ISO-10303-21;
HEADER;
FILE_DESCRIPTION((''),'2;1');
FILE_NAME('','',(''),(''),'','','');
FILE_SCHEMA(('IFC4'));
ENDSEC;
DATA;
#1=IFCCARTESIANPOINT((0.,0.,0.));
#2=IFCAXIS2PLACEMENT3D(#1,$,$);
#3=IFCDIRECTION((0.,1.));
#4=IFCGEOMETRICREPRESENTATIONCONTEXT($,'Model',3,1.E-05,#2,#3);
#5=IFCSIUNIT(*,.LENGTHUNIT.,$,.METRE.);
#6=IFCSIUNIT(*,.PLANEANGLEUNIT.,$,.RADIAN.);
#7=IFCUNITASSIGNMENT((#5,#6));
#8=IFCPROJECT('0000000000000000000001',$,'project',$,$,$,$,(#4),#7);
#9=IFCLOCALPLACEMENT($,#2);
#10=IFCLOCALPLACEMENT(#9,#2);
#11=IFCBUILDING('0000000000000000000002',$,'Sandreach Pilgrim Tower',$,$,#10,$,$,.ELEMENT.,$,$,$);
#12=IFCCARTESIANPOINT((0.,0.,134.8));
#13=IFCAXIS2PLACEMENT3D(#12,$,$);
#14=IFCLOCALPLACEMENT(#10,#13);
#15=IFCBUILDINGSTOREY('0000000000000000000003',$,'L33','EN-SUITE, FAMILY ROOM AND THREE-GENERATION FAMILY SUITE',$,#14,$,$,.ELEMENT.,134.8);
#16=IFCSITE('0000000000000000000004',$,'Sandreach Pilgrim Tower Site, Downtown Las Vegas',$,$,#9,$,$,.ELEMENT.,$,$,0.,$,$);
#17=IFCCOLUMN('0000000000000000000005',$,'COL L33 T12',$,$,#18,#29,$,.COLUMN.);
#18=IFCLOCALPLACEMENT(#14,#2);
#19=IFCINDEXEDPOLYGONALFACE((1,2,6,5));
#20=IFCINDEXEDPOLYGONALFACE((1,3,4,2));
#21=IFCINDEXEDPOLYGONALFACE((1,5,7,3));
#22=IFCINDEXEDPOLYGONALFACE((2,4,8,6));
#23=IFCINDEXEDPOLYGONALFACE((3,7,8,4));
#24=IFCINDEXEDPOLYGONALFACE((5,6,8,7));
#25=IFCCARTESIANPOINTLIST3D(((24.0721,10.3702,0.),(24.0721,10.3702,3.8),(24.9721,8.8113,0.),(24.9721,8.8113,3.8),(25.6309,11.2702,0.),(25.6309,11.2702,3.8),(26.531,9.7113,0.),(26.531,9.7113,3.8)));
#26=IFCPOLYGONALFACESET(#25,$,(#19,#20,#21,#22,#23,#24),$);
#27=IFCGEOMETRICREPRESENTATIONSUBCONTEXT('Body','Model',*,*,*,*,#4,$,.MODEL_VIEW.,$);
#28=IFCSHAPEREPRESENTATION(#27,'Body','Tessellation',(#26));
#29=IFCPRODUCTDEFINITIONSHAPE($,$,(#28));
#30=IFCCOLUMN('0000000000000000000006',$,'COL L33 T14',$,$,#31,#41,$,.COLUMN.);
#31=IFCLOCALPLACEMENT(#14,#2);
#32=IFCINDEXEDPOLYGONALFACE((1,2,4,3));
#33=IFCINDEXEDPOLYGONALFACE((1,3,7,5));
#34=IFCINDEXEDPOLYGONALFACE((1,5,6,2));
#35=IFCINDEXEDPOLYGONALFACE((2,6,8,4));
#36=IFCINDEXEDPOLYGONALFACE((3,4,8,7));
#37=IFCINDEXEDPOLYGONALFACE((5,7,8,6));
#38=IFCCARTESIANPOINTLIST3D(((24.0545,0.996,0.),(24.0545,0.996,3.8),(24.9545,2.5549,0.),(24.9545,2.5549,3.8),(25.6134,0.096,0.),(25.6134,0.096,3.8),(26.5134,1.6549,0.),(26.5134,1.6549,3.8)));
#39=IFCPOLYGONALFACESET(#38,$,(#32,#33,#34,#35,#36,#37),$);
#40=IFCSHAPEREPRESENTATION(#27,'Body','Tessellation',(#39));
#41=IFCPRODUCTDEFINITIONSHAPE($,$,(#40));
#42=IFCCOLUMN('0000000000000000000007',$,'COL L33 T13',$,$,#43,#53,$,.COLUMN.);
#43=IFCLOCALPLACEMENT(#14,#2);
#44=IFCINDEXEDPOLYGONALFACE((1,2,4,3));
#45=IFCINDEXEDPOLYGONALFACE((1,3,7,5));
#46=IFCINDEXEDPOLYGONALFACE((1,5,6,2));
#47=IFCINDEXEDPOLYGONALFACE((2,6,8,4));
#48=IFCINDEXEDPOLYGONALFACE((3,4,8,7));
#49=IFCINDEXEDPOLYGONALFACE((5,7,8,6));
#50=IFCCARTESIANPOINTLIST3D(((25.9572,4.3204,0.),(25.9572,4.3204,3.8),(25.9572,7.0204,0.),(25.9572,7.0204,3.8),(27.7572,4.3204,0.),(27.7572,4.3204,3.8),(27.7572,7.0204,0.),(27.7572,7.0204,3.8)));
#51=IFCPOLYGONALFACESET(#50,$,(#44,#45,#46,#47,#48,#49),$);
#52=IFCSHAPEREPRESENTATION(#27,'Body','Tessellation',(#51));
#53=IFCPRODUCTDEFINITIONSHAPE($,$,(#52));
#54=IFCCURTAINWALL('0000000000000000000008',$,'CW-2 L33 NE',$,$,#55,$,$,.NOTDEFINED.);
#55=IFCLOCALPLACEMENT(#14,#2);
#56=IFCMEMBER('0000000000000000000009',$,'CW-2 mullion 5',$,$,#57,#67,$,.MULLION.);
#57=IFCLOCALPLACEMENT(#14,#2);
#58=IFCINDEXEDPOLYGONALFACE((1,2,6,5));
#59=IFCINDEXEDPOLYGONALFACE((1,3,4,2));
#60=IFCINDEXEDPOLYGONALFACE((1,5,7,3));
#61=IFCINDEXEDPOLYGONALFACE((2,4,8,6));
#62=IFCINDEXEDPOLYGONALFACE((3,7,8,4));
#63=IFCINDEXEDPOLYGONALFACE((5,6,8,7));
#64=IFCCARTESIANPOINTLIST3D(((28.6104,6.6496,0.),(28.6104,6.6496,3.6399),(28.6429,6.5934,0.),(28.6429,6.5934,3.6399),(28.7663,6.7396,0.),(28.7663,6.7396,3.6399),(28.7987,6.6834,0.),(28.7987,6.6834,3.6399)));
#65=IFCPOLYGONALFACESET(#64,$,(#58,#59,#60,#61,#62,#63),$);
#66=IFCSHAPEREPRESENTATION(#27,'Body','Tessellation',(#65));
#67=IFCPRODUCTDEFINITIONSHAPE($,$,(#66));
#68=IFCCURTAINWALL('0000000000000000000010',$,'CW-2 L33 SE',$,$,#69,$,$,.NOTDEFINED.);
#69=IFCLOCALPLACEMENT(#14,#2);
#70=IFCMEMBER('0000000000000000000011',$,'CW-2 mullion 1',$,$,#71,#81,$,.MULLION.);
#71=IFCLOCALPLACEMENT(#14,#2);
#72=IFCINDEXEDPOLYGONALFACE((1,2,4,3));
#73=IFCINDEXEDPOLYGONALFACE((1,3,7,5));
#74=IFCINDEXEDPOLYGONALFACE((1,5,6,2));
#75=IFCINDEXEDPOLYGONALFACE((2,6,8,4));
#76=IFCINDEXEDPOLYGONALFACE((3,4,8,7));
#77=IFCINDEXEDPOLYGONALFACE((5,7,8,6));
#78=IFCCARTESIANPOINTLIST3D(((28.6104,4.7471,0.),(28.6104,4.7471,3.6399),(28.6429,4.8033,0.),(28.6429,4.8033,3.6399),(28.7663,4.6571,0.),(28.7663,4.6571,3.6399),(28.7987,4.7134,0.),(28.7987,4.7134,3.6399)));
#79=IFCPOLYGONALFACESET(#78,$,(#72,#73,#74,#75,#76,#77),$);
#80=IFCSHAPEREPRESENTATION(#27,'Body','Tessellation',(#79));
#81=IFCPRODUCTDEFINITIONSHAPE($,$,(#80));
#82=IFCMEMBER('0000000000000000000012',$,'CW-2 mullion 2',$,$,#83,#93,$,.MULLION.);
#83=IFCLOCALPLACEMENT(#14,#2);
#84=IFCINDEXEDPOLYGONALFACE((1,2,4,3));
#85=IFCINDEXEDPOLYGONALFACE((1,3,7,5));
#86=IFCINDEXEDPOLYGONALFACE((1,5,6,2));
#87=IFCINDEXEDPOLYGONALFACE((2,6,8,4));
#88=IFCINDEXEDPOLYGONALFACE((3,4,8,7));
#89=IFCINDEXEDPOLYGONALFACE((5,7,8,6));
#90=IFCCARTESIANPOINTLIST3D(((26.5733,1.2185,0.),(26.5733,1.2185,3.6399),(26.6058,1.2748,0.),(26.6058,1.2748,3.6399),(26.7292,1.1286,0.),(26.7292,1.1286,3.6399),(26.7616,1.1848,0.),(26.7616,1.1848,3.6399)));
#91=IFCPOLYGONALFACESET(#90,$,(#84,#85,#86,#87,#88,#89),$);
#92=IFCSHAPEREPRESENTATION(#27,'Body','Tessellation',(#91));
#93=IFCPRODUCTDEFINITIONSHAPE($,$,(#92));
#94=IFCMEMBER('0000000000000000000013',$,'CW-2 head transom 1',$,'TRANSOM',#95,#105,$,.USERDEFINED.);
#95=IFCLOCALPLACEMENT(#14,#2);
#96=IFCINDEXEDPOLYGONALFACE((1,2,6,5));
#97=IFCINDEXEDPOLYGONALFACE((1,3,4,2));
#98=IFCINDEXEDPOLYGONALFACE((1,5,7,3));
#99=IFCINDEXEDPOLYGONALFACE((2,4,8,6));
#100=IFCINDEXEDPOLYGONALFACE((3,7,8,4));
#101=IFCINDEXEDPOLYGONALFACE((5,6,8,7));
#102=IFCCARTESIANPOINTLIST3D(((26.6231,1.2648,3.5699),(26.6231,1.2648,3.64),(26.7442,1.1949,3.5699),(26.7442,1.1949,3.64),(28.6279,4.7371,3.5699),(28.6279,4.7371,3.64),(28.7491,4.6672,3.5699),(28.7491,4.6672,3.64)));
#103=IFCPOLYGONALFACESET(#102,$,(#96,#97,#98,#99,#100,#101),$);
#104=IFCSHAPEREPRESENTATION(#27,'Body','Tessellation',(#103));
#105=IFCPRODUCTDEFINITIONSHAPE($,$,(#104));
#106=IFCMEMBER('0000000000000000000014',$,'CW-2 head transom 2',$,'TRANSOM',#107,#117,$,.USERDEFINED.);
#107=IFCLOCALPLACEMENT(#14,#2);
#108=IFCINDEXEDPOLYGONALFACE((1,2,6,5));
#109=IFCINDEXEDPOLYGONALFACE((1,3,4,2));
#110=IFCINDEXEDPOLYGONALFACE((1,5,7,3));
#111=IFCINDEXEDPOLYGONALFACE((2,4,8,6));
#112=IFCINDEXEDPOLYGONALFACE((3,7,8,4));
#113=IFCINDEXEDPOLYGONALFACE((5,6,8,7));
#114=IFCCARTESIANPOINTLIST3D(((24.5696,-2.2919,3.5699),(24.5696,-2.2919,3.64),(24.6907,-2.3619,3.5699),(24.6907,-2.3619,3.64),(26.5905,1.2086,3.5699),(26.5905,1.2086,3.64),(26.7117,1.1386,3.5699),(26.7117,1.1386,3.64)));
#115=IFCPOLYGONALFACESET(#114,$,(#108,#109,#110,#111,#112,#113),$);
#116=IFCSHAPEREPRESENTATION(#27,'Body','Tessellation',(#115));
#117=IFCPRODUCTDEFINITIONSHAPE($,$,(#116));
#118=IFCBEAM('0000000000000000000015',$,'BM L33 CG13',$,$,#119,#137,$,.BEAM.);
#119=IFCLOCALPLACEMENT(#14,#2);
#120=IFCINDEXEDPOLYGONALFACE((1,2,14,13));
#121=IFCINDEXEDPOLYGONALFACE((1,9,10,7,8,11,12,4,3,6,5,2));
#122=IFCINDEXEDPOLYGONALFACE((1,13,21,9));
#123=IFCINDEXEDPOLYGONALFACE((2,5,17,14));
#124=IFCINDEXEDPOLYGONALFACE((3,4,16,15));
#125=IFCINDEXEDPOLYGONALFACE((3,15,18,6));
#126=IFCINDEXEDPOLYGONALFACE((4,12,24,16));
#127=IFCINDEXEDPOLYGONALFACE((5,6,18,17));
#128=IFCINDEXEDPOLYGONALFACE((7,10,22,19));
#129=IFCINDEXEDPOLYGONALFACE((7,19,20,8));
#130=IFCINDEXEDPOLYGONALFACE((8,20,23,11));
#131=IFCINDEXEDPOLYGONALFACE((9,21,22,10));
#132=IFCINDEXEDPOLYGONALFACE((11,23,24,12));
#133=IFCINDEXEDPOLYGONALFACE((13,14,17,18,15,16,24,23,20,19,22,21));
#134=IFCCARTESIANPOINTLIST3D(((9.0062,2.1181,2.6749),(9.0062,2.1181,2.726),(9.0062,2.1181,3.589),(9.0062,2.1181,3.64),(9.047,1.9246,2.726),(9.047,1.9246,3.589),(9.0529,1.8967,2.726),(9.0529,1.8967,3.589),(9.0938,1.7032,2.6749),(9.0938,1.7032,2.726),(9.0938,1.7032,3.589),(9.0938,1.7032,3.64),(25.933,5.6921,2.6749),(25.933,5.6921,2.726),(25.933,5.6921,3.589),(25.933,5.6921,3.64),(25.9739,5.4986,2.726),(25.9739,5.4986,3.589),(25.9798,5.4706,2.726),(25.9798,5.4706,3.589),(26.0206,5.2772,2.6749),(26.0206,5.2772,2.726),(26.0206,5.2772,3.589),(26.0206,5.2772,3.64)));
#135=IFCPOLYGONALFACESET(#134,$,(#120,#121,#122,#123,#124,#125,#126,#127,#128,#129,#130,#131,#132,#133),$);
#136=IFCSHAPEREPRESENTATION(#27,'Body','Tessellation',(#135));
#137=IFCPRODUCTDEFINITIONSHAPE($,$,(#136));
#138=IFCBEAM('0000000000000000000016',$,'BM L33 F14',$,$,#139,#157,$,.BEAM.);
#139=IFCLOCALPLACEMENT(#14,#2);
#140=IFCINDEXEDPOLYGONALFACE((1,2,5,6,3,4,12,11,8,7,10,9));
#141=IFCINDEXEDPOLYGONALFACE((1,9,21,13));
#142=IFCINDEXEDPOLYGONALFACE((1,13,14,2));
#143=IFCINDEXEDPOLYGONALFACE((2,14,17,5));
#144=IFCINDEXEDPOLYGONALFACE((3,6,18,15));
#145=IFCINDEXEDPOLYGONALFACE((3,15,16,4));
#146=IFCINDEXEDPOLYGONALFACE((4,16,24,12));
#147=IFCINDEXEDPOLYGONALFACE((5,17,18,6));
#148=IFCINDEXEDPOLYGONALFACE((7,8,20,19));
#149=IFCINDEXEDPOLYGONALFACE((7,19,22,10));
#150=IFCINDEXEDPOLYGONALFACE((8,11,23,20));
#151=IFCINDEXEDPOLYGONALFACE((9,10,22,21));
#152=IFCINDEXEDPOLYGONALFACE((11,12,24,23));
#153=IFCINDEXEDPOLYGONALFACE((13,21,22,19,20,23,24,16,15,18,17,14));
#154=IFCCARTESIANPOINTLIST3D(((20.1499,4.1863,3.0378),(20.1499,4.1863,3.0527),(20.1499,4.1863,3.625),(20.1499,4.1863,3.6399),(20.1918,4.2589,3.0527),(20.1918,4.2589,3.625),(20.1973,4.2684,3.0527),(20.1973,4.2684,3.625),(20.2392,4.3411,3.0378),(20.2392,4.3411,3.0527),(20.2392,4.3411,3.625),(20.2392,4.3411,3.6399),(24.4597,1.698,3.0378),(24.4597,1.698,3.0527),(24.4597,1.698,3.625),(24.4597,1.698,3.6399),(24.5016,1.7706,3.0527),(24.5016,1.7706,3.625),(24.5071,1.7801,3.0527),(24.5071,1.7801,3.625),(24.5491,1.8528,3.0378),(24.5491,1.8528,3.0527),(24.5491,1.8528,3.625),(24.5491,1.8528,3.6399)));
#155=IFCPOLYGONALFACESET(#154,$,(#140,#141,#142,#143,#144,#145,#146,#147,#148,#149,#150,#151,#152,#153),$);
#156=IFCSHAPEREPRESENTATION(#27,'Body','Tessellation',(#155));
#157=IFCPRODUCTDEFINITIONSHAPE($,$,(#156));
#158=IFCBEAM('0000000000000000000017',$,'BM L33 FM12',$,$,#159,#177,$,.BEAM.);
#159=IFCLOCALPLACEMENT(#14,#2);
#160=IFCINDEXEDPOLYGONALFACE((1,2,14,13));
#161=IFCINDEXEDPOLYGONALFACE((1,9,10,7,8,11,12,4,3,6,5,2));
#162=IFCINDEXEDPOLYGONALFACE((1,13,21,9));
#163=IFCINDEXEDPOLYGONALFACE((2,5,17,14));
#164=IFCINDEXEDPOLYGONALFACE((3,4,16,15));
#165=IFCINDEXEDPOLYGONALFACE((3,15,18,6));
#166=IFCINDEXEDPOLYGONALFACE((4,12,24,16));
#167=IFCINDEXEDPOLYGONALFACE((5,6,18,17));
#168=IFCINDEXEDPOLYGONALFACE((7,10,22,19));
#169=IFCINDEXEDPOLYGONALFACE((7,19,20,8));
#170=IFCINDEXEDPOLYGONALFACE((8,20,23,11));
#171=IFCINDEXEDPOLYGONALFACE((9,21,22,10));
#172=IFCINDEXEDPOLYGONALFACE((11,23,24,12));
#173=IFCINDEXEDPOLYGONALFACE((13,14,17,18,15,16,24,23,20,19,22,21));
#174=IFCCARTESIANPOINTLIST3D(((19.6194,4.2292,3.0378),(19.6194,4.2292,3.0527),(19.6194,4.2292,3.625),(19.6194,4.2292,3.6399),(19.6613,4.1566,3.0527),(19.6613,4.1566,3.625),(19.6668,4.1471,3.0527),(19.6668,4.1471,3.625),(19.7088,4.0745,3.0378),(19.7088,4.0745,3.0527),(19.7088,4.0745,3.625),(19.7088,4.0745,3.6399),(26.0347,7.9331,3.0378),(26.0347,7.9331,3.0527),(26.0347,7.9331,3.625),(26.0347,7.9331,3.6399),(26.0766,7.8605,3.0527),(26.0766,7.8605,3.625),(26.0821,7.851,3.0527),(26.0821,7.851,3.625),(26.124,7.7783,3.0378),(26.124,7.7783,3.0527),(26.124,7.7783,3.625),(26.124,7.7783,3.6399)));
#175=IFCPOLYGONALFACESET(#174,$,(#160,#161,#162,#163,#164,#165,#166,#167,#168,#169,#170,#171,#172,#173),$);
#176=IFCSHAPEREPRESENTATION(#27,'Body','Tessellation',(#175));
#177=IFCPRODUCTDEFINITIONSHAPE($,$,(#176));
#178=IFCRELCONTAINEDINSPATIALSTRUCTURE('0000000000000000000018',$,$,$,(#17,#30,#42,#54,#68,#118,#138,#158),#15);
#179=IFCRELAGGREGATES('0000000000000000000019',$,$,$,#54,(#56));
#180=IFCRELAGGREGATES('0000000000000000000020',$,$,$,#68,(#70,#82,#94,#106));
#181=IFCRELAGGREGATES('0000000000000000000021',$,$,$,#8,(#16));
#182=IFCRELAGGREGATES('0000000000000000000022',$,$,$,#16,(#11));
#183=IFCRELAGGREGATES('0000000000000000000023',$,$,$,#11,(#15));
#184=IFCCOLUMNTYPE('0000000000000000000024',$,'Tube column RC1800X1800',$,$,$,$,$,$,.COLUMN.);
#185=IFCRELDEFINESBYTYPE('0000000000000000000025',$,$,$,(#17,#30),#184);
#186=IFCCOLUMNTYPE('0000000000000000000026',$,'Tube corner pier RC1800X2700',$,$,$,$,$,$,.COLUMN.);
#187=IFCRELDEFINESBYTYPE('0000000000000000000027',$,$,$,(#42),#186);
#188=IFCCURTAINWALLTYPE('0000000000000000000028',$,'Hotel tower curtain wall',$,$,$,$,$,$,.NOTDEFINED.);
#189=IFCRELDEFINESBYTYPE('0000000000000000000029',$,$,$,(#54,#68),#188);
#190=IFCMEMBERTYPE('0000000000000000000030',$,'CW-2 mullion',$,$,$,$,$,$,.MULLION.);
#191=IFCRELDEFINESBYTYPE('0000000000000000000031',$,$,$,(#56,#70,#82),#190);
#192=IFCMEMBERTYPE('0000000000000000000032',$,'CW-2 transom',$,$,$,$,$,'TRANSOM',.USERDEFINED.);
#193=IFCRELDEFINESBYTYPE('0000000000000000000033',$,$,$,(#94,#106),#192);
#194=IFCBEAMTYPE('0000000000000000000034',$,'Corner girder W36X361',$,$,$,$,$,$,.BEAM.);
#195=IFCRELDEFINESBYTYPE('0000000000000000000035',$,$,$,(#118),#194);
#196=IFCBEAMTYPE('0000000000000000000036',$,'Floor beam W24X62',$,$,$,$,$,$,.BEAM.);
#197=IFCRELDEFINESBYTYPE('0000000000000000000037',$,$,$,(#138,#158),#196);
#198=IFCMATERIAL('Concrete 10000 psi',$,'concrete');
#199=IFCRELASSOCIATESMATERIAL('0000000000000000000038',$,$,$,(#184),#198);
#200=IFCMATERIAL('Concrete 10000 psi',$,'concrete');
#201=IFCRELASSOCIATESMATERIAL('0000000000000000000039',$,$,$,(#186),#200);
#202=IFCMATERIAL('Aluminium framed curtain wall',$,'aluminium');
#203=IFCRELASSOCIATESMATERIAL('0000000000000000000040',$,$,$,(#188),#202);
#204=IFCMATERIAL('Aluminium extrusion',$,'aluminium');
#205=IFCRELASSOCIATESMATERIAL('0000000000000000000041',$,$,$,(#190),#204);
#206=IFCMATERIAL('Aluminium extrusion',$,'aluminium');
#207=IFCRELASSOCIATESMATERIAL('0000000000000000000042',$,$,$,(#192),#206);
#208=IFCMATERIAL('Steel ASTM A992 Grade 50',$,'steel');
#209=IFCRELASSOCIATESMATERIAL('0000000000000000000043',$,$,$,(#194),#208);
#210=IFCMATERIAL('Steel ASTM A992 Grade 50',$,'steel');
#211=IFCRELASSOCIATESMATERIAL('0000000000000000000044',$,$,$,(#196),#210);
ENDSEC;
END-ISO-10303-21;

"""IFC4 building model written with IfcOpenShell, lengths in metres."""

from ifc_helpers import new_model, si_unit, direction, frame, origin, origin_2d, place, context, subcontext, project, spatial, rectangle, i_section, extrude, material, material_profile, profile_set, type_object, element, aggregate, save


model = new_model("IFC4")

# Units and contexts
model_context = context("Model", 3, precision=1e-05, world=origin(), true_north=direction((0.0, 1.0)))
body_context = subcontext(model_context, "Body", "Model", "MODEL_VIEW")
ifc_project = project(units=[si_unit("LENGTHUNIT", "METRE"), si_unit("PLANEANGLEUNIT", "RADIAN")], contexts=[model_context])

# Site, building, storey
site_placement = place(None, origin())
site = spatial("IfcSite", under=ifc_project, at=site_placement, Name="Sandreach Pilgrim Tower Site, Downtown Las Vegas", CompositionType="ELEMENT", RefElevation=0.0)
building_placement = place(site_placement, origin())
building = spatial("IfcBuilding", under=site, at=building_placement, Name="Sandreach Pilgrim Tower", CompositionType="ELEMENT")
storey_placement = place(building_placement, frame((0.0, 0.0, 134.8)))
storey = spatial("IfcBuildingStorey", under=building, at=storey_placement, Name="L33", Description="EN-SUITE, FAMILY ROOM AND THREE-GENERATION FAMILY SUITE", CompositionType="ELEMENT", Elevation=134.8)

# Columns
ifc_material_1 = material(Name="Concrete 10000 psi", Category="concrete")
ifc_material_profile_1 = material_profile(ifc_material_1, rectangle(XDim=1.8, YDim=1.8, at=origin_2d()), Name="RC1800X1800")
ifc_profile_set_1 = profile_set([ifc_material_profile_1], Name="Concrete 10000 psi")
column_type_1 = type_object("IfcColumnType", Name="Tube column RC1800X1800", PredefinedType="COLUMN", material=ifc_profile_set_1)
for number, where, z_axis, x_axis, name in (
    (1, (25.3015, 10.0408, 0.0), (0.0, 0.0, 1.0), (0.866025, 0.5, 0.0), "COL L33 T12"),
    (2, (25.2839, 1.3254, 0.0), (0.0, 0.0, 1.0), (0.866025, -0.5, 0.0), "COL L33 T14"),
):
    element("IfcColumn", number, at=place(storey_placement, frame(where, z_axis=z_axis, x_axis=x_axis)), inside=storey, type_object=column_type_1, Name=name, PredefinedType="COLUMN", context=body_context, shape_type="SweptSolid", body=[
        extrude(rectangle(XDim=1.8, YDim=1.8, at=origin_2d()), origin(), (0.0, 0.0, 1.0), 3.8),
    ])
ifc_material_2 = material(Name="Concrete 10000 psi", Category="concrete")
ifc_material_profile_2 = material_profile(ifc_material_2, rectangle(XDim=1.8, YDim=2.7, at=origin_2d()), Name="RC1800X2700")
ifc_profile_set_2 = profile_set([ifc_material_profile_2], Name="Concrete 10000 psi")
column_type_2 = type_object("IfcColumnType", Name="Tube corner pier RC1800X2700", PredefinedType="COLUMN", material=ifc_profile_set_2)
column_placement = place(storey_placement, frame((26.8572, 5.6704, 0.0), z_axis=(0.0, 0.0, 1.0), x_axis=(1.0, 0.0, 0.0)))
element("IfcColumn", 3, at=column_placement, inside=storey, type_object=column_type_2, Name="COL L33 T13", PredefinedType="COLUMN", context=body_context, shape_type="SweptSolid", body=[
    extrude(rectangle(XDim=1.8, YDim=2.7, at=origin_2d()), origin(), (0.0, 0.0, 1.0), 3.8),
])

# Curtain wall, member
ifc_material_3 = material(Name="Aluminium framed curtain wall", Category="aluminium")
curtain_wall_type = type_object("IfcCurtainWallType", Name="Hotel tower curtain wall", PredefinedType="NOTDEFINED", material=ifc_material_3)
curtain_wall_1_placement = place(storey_placement, origin())
curtain_wall_1 = element("IfcCurtainWall", 4, at=curtain_wall_1_placement, inside=storey, type_object=curtain_wall_type, Name="CW-2 L33 NE", PredefinedType="NOTDEFINED")
ifc_material_4 = material(Name="Aluminium extrusion", Category="aluminium")
ifc_material_profile_3 = material_profile(ifc_material_4, rectangle(XDim=0.0649, YDim=0.1799, at=origin_2d()), Name="CW-2M 65X180")
ifc_profile_set_3 = profile_set([ifc_material_profile_3], Name="Aluminium extrusion")
member_type_1 = type_object("IfcMemberType", Name="CW-2 mullion", PredefinedType="MULLION", material=ifc_profile_set_3)
member_1_placement = place(storey_placement, frame((28.7046, 6.6665, 0.0), z_axis=(0.0, 0.0, 1.0), x_axis=(0.5, -0.866025, 0.0)))
member_1 = element("IfcMember", 5, at=member_1_placement, type_object=member_type_1, Name="CW-2 mullion 5", PredefinedType="MULLION", context=body_context, shape_type="SweptSolid", body=[
    extrude(rectangle(XDim=0.0649, YDim=0.1799, at=origin_2d()), origin(), (0.0, 0.0, 1.0), 3.6399),
])

# Curtain wall, members
curtain_wall_2_placement = place(storey_placement, origin())
curtain_wall_2 = element("IfcCurtainWall", 6, at=curtain_wall_2_placement, inside=storey, type_object=curtain_wall_type, Name="CW-2 L33 SE", PredefinedType="NOTDEFINED")
member_2_placement = place(storey_placement, frame((28.7046, 4.7302, 0.0), z_axis=(0.0, 0.0, 1.0), x_axis=(-0.5, -0.866025, 0.0)))
member_2 = element("IfcMember", 7, at=member_2_placement, type_object=member_type_1, Name="CW-2 mullion 1", PredefinedType="MULLION", context=body_context, shape_type="SweptSolid", body=[
    extrude(rectangle(XDim=0.0649, YDim=0.1799, at=origin_2d()), origin(), (0.0, 0.0, 1.0), 3.6399),
])
member_3_placement = place(storey_placement, frame((26.6675, 1.2017, 0.0), z_axis=(0.0, 0.0, 1.0), x_axis=(-0.5, -0.866025, 0.0)))
member_3 = element("IfcMember", 8, at=member_3_placement, type_object=member_type_1, Name="CW-2 mullion 2", PredefinedType="MULLION", context=body_context, shape_type="SweptSolid", body=[
    extrude(rectangle(XDim=0.0649, YDim=0.1799, at=origin_2d()), origin(), (0.0, 0.0, 1.0), 3.6399),
])
ifc_material_5 = material(Name="Aluminium extrusion", Category="aluminium")
ifc_material_profile_4 = material_profile(ifc_material_5, rectangle(XDim=0.1399, YDim=0.0701, at=origin_2d()), Name="CW-2T 140X70")
ifc_profile_set_4 = profile_set([ifc_material_profile_4], Name="Aluminium extrusion")
member_type_2 = type_object("IfcMemberType", Name="CW-2 transom", ElementType="TRANSOM", PredefinedType="USERDEFINED", material=ifc_profile_set_4)
member_4_placement = place(storey_placement, frame((28.6885, 4.7021, 3.605), z_axis=(-0.500016, -0.866016, 0.0), x_axis=(0.866016, -0.500016, 0.0)))
member_4 = element("IfcMember", 9, at=member_4_placement, type_object=member_type_2, Name="CW-2 head transom 1", ObjectType="TRANSOM", PredefinedType="USERDEFINED", context=body_context, shape_type="SweptSolid", body=[
    extrude(rectangle(XDim=0.1399, YDim=0.0701, at=origin_2d()), origin(), (0.0, 0.0, 1.0), 4.0095),
])
member_5_placement = place(storey_placement, frame((26.6511, 1.1736, 3.605), z_axis=(-0.499998, -0.866027, 0.0), x_axis=(0.866027, -0.499998, 0.0)))
member_5 = element("IfcMember", 10, at=member_5_placement, type_object=member_type_2, Name="CW-2 head transom 2", ObjectType="TRANSOM", PredefinedType="USERDEFINED", context=body_context, shape_type="SweptSolid", body=[
    extrude(rectangle(XDim=0.1399, YDim=0.0701, at=origin_2d()), origin(), (0.0, 0.0, 1.0), 4.042),
])

# Beams
ifc_material_6 = material(Name="Steel ASTM A992 Grade 50", Category="steel")
ifc_material_profile_5 = material_profile(ifc_material_6, i_section(OverallWidth=0.4241, OverallDepth=0.9651, WebThickness=0.0286, FlangeThickness=0.051, at=origin_2d()), Name="W36X361")
ifc_profile_set_5 = profile_set([ifc_material_profile_5], Name="Steel ASTM A992 Grade 50")
beam_type_1 = type_object("IfcBeamType", Name="Corner girder W36X361", PredefinedType="BEAM", material=ifc_profile_set_5)
beam_1_placement = place(storey_placement, frame((25.9768, 5.4846, 3.1575), z_axis=(-0.978428, -0.206589, 0.0), x_axis=(0.206589, -0.978428, 0.0)))
element("IfcBeam", 11, at=beam_1_placement, inside=storey, type_object=beam_type_1, Name="BM L33 CG13", PredefinedType="BEAM", context=body_context, shape_type="SweptSolid", body=[
    extrude(i_section(OverallWidth=0.4241, OverallDepth=0.9651, WebThickness=0.0286, FlangeThickness=0.051, at=origin_2d()), origin(), (0.0, 0.0, 1.0), 17.3),
])
ifc_material_7 = material(Name="Steel ASTM A992 Grade 50", Category="steel")
ifc_material_profile_6 = material_profile(ifc_material_7, i_section(OverallWidth=0.1787, OverallDepth=0.6021, WebThickness=0.011, FlangeThickness=0.0149, at=origin_2d()), Name="W24X62")
ifc_profile_set_6 = profile_set([ifc_material_profile_6], Name="Steel ASTM A992 Grade 50")
beam_type_2 = type_object("IfcBeamType", Name="Floor beam W24X62", PredefinedType="BEAM", material=ifc_profile_set_6)
beam_2_placement = place(storey_placement, frame((24.5044, 1.7754, 3.3389), z_axis=(-0.866025, 0.500001, 0.0), x_axis=(-0.500001, -0.866025, 0.0)))
element("IfcBeam", 12, at=beam_2_placement, inside=storey, type_object=beam_type_2, Name="BM L33 F14", PredefinedType="BEAM", context=body_context, shape_type="SweptSolid", body=[
    extrude(i_section(OverallWidth=0.1787, OverallDepth=0.6021, WebThickness=0.011, FlangeThickness=0.0149, at=origin_2d()), origin(), (0.0, 0.0, 1.0), 4.9766),
])
beam_3_placement = place(storey_placement, frame((26.0793, 7.8557, 3.3389), z_axis=(-0.866026, -0.499999, 0.0), x_axis=(0.499999, -0.866026, 0.0)))
element("IfcBeam", 13, at=beam_3_placement, inside=storey, type_object=beam_type_2, Name="BM L33 FM12", PredefinedType="BEAM", context=body_context, shape_type="SweptSolid", body=[
    extrude(i_section(OverallWidth=0.1787, OverallDepth=0.6021, WebThickness=0.011, FlangeThickness=0.0149, at=origin_2d()), origin(), (0.0, 0.0, 1.0), 7.4077),
])

aggregate(curtain_wall_1, [member_1])
aggregate(curtain_wall_2, [member_2, member_3, member_4, member_5])

save(model, "model.ifc")
